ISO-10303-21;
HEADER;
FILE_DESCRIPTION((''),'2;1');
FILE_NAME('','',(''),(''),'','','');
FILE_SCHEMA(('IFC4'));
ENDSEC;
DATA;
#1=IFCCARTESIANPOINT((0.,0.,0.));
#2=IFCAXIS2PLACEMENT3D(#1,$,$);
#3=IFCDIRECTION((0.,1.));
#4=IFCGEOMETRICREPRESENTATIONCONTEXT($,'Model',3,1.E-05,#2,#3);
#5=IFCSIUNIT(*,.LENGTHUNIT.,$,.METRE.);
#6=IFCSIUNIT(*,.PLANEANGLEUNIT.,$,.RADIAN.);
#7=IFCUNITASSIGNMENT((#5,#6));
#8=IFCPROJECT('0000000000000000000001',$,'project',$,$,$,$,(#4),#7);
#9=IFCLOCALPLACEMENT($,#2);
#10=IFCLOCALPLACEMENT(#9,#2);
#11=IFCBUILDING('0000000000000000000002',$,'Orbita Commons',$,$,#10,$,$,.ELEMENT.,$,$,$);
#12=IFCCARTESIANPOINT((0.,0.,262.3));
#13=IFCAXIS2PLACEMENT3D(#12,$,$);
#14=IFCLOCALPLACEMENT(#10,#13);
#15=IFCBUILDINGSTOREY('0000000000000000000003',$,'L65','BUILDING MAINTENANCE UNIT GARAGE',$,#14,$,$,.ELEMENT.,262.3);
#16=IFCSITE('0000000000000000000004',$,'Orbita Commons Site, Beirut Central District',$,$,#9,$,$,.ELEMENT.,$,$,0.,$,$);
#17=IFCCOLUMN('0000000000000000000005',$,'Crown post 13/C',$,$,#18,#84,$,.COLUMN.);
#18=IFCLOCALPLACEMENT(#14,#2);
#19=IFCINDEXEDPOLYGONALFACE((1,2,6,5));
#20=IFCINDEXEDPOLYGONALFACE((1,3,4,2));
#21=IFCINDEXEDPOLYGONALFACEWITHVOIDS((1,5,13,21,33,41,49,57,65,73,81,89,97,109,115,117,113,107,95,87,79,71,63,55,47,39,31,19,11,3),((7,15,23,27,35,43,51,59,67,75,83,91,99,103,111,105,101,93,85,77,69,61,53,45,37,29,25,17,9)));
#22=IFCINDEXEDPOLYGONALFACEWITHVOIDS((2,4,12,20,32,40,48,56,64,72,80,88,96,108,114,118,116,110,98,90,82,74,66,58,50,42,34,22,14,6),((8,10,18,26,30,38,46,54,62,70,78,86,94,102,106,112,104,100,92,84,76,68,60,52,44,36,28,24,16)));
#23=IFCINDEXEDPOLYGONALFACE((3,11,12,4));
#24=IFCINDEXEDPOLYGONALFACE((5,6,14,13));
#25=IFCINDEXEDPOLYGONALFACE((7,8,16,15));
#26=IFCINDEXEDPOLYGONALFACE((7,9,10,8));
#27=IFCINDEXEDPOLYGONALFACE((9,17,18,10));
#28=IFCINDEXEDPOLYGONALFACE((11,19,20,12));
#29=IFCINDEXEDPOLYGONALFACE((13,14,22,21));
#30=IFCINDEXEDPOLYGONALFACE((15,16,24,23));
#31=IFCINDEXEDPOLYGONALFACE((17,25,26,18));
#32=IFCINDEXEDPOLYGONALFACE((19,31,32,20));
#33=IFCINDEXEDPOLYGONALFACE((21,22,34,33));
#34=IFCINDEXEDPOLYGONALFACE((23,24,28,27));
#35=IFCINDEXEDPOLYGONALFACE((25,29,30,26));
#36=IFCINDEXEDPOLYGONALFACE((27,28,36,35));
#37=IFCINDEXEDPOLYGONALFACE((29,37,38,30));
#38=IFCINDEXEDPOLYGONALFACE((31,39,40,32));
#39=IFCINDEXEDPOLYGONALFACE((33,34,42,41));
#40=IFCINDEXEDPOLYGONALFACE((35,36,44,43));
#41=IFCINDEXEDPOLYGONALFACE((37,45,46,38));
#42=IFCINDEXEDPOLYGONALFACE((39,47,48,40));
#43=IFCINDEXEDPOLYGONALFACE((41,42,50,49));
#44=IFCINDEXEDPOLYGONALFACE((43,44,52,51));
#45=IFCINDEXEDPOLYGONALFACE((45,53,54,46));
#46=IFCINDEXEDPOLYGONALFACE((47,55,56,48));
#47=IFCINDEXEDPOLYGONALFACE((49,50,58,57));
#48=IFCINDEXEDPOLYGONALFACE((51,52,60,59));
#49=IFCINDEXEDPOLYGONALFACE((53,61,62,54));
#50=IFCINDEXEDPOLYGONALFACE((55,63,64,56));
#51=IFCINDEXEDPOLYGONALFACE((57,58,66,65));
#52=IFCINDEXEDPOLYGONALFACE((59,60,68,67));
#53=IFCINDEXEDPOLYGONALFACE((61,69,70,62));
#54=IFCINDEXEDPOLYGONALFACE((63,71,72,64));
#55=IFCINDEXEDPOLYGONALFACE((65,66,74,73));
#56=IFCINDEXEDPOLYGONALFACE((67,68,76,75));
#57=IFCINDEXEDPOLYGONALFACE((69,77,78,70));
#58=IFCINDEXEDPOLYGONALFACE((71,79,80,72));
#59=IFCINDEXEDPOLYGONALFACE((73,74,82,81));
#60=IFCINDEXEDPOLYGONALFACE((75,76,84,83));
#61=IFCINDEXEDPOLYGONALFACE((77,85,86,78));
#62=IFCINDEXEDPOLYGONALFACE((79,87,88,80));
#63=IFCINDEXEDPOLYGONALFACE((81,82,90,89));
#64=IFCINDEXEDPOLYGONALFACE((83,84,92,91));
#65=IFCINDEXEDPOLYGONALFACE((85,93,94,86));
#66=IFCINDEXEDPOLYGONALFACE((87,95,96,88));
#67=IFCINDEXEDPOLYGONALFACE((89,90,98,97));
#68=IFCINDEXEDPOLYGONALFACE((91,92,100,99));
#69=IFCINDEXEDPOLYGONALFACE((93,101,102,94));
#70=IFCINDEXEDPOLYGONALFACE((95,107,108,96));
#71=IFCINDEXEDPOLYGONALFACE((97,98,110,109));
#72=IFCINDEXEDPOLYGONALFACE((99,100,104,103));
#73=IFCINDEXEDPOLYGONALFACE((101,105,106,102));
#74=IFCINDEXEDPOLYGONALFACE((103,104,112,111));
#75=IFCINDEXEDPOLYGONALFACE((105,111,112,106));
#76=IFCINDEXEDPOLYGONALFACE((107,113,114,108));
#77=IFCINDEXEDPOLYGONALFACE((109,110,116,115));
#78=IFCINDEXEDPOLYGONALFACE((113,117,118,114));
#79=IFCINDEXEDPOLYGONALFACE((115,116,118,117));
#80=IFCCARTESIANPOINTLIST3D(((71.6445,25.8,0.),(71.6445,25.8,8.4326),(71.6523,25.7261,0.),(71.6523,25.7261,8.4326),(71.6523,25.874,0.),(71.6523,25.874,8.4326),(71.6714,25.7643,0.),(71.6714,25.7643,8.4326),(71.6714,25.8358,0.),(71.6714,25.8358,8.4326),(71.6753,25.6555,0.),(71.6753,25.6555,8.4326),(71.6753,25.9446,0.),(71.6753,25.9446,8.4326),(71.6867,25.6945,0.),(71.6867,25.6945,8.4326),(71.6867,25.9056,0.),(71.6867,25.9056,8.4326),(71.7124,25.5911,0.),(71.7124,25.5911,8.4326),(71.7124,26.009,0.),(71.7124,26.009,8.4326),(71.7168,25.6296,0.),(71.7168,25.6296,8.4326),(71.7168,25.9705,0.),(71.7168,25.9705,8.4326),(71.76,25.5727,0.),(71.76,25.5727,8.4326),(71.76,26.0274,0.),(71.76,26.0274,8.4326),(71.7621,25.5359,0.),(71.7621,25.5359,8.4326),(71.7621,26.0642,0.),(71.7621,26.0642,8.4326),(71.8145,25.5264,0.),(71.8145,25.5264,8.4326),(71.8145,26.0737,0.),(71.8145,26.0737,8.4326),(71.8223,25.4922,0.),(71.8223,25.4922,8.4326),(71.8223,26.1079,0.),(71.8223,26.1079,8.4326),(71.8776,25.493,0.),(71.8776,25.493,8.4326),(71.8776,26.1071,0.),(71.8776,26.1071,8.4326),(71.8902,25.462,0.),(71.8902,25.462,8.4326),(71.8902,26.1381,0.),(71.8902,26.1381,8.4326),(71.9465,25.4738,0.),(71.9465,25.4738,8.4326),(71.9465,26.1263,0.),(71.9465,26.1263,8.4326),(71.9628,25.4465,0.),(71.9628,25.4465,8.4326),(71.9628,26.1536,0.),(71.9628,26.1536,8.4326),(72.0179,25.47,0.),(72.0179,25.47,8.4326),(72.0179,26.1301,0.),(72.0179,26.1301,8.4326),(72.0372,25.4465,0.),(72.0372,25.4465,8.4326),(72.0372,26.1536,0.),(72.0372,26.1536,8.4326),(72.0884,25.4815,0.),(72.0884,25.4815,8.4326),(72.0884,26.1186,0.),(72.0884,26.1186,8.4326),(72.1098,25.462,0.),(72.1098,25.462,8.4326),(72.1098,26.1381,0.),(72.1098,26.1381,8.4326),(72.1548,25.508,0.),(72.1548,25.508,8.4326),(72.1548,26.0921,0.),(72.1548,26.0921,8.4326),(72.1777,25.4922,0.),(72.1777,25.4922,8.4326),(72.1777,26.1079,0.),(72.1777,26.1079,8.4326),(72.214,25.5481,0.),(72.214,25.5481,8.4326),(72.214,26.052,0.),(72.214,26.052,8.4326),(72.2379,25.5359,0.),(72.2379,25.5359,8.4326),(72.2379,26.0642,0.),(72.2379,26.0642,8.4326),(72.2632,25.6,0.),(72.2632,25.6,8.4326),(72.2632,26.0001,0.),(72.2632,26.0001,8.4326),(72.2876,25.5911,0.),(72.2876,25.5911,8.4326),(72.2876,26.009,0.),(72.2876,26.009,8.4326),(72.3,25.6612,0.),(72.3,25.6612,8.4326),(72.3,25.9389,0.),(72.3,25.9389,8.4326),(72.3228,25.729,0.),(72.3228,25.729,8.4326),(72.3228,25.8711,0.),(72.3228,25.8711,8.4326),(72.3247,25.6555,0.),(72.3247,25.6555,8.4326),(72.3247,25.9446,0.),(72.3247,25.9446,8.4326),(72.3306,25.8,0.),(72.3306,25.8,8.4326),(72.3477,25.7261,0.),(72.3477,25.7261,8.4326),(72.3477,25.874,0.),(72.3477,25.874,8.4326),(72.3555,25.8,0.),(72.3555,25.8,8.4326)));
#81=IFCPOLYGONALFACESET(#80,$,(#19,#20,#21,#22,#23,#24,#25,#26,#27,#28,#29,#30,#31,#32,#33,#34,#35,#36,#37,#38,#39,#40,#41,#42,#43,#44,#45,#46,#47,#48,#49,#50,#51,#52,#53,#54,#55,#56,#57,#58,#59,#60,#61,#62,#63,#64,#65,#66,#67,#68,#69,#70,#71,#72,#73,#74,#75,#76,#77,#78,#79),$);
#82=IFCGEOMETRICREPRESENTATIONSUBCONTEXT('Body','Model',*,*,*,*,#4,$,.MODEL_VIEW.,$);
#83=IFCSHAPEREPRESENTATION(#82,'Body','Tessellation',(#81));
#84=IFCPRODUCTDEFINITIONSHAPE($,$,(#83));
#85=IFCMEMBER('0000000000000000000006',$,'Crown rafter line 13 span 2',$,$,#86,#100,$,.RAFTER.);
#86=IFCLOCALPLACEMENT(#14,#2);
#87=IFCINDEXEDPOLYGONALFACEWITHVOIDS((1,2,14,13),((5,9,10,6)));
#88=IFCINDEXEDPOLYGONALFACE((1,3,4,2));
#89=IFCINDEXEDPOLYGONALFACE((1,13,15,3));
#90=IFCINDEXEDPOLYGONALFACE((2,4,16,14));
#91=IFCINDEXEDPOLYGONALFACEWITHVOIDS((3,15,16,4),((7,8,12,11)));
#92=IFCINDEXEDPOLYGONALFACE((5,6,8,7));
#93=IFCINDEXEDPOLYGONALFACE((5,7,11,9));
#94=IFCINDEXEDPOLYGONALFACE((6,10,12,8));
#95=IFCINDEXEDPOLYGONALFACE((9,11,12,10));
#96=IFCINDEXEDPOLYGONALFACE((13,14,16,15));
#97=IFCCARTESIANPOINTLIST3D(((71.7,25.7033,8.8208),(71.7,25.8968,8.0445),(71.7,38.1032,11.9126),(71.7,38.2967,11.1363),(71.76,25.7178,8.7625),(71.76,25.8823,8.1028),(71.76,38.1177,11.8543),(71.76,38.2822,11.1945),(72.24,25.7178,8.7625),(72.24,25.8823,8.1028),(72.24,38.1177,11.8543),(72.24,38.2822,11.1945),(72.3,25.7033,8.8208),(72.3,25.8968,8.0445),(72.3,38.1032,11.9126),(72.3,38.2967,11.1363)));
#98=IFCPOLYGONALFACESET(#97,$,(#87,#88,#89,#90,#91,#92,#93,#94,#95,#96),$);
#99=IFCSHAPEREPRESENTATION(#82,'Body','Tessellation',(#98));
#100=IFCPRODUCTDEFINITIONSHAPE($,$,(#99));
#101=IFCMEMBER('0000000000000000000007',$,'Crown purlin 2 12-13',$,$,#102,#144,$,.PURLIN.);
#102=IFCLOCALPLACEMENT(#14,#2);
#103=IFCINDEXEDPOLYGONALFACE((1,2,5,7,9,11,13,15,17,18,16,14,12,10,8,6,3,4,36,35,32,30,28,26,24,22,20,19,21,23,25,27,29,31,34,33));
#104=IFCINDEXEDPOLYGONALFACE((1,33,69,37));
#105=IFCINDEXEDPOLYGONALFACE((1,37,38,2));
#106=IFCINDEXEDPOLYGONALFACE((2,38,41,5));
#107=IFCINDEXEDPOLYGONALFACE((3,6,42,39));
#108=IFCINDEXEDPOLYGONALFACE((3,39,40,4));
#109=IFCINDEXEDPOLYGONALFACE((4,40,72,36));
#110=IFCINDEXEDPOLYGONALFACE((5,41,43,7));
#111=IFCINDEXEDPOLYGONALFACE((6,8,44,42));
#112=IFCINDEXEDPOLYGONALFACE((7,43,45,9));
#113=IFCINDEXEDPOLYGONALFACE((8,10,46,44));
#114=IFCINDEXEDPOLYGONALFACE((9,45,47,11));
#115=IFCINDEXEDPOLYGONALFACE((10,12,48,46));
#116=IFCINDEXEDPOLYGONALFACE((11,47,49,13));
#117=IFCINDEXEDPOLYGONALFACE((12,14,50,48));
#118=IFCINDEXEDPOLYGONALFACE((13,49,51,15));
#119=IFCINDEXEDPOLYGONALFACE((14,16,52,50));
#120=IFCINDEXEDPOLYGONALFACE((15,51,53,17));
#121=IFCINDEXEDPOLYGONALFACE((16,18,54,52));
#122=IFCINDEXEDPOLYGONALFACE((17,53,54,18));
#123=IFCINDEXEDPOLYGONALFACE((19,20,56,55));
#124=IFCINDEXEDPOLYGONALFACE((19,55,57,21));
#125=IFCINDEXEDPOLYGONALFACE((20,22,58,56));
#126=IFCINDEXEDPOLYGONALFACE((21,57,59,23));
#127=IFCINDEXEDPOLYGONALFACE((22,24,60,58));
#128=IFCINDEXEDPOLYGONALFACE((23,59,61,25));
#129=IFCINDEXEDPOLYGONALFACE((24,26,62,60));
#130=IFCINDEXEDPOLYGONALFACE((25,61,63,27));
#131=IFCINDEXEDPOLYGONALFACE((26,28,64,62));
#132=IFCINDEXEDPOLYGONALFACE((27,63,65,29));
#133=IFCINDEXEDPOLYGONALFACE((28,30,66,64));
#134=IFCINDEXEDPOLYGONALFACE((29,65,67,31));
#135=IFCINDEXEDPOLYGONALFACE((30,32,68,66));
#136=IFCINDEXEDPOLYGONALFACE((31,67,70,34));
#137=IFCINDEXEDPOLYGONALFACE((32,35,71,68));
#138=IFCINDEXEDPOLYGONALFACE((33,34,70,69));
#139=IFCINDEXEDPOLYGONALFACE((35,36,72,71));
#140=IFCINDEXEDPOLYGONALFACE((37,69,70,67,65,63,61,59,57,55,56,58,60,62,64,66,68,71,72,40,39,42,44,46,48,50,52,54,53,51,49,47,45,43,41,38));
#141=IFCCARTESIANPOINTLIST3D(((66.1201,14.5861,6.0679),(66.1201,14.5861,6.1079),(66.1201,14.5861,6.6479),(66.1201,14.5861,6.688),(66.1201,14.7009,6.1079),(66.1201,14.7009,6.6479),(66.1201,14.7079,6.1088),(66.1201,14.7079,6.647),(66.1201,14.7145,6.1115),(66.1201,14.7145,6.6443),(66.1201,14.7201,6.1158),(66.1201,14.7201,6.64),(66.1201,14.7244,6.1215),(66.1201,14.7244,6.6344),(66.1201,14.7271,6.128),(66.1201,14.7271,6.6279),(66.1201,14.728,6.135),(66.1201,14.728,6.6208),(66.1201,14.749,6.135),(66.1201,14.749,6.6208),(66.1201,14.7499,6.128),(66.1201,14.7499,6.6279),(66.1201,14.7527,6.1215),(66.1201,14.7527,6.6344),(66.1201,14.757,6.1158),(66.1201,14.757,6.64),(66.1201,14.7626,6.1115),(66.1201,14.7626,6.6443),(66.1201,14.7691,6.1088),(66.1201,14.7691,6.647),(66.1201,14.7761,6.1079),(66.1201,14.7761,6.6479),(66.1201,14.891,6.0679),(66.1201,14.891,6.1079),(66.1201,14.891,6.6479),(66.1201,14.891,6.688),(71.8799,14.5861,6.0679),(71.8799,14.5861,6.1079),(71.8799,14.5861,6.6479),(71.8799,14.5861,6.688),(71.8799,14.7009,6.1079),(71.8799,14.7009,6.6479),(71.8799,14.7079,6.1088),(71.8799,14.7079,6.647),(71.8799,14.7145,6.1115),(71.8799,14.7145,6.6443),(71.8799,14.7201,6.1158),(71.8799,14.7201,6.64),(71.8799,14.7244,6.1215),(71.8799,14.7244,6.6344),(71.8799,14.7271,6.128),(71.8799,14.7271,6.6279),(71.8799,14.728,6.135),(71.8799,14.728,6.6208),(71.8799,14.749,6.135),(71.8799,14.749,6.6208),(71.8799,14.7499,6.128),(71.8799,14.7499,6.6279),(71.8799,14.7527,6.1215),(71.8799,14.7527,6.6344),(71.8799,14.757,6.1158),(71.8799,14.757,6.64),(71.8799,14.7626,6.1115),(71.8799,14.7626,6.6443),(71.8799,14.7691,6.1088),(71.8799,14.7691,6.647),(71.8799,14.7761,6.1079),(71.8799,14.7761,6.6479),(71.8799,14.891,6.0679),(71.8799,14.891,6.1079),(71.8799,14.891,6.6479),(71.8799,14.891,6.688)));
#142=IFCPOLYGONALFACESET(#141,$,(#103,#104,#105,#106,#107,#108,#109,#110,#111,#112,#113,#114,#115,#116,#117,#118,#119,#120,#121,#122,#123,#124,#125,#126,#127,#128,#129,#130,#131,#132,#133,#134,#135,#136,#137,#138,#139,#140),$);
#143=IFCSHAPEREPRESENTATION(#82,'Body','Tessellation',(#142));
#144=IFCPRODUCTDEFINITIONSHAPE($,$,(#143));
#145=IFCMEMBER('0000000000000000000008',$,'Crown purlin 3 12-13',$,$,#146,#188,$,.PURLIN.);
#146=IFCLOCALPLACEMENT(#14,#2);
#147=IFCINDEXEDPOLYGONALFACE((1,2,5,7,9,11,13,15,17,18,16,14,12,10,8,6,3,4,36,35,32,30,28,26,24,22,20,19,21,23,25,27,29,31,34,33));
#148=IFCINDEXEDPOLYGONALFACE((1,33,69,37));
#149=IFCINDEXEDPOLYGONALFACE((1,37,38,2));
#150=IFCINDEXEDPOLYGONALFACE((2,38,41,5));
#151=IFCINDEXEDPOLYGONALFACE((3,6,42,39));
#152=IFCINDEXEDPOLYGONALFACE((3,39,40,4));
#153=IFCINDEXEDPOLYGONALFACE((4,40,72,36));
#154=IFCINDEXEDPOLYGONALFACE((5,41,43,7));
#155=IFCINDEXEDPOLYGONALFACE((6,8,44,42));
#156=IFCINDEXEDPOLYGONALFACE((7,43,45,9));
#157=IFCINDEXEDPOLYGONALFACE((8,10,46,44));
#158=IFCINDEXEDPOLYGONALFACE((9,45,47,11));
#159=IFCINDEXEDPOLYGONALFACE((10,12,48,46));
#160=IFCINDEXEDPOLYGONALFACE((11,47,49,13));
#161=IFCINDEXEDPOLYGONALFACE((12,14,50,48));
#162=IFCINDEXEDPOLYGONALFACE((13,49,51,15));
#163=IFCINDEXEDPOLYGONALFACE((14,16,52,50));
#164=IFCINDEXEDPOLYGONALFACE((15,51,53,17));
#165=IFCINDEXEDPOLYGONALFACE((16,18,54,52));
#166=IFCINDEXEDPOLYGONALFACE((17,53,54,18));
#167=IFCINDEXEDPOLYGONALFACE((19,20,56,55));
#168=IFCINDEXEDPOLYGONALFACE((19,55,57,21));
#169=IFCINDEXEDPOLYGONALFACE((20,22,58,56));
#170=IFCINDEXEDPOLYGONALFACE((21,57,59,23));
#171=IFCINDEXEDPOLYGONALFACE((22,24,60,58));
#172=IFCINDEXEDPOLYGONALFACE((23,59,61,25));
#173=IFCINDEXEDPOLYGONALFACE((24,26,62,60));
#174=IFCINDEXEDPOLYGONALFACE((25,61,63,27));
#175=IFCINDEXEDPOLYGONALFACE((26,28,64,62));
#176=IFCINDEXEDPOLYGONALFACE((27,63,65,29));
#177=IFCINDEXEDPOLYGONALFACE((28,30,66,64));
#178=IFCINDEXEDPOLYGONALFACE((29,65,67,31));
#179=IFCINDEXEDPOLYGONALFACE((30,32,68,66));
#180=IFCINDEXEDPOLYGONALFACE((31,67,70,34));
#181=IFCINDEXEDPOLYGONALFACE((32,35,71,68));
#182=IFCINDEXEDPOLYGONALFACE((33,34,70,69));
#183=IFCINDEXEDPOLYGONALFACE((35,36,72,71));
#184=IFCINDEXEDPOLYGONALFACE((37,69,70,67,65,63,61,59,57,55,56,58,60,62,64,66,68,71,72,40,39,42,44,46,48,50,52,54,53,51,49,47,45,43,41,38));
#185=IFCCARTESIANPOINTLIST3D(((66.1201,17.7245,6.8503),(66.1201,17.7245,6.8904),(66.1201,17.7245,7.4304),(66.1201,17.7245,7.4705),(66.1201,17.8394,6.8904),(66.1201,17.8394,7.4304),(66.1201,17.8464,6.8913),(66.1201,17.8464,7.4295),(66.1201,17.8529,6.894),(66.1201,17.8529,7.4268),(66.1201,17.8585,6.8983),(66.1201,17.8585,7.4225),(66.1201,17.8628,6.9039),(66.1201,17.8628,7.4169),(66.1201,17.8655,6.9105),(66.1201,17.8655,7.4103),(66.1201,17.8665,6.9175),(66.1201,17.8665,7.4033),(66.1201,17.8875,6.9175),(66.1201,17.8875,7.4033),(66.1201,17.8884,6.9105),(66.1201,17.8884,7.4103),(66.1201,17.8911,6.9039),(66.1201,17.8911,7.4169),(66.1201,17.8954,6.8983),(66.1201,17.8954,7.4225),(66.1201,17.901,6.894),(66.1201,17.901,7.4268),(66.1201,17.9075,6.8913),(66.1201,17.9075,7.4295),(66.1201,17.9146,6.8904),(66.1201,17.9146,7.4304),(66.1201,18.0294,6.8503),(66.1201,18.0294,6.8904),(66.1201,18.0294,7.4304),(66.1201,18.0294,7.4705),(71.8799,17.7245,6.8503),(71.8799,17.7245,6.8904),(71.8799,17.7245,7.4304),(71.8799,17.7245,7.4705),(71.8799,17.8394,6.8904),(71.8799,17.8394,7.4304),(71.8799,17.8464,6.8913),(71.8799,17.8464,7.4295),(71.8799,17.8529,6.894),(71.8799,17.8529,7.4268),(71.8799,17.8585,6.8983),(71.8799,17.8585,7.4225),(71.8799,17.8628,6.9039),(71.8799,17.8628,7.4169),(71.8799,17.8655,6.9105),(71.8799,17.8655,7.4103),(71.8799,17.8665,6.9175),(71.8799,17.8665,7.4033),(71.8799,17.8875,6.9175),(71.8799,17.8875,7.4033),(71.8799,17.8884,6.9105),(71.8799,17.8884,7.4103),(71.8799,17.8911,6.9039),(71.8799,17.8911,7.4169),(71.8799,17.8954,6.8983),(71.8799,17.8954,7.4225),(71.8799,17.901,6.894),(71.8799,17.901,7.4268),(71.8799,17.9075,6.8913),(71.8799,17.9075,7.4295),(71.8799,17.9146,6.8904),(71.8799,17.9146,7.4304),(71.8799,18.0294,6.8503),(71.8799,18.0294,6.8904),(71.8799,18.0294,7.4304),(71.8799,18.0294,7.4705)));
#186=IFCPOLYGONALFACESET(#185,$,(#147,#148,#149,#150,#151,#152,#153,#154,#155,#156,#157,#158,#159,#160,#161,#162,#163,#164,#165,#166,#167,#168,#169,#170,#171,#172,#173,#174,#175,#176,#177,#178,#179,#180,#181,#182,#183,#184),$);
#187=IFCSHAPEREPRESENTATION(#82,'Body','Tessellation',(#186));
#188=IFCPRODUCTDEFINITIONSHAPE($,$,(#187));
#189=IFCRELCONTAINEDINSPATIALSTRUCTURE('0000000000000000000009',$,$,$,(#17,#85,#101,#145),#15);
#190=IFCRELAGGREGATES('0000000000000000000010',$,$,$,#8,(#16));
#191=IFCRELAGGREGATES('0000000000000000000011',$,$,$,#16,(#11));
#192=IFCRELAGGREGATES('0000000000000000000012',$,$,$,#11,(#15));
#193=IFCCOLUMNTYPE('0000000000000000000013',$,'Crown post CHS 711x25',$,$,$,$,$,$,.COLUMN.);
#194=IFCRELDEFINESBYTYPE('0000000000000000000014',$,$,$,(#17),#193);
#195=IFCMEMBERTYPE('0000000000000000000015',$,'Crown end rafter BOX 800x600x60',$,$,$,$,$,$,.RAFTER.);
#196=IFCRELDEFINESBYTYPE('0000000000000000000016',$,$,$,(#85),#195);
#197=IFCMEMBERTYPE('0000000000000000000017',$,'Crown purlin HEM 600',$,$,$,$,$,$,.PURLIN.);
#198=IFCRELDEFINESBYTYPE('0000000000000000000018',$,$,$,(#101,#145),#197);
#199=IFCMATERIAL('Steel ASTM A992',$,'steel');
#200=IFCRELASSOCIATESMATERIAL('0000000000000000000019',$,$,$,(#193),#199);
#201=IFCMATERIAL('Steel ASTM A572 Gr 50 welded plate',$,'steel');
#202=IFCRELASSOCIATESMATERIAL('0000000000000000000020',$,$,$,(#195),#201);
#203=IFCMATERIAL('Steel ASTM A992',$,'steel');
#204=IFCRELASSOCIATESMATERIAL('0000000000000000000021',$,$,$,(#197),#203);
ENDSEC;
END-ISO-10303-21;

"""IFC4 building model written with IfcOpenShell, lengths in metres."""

from ifc_helpers import new_model, si_unit, direction, frame, origin, origin_2d, place, context, subcontext, project, spatial, hollow_rectangle, hollow_circle, i_section, extrude, material, material_profile, profile_set, type_object, element, save


model = new_model("IFC4")

# Units and contexts
model_context = context("Model", 3, precision=1e-05, world=origin(), true_north=direction((0.0, 1.0)))
body_context = subcontext(model_context, "Body", "Model", "MODEL_VIEW")
ifc_project = project(units=[si_unit("LENGTHUNIT", "METRE"), si_unit("PLANEANGLEUNIT", "RADIAN")], contexts=[model_context])

# Site, building, storey
site_placement = place(None, origin())
site = spatial("IfcSite", under=ifc_project, at=site_placement, Name="Orbita Commons Site, Beirut Central District", CompositionType="ELEMENT", RefElevation=0.0)
building_placement = place(site_placement, origin())
building = spatial("IfcBuilding", under=site, at=building_placement, Name="Orbita Commons", CompositionType="ELEMENT")
storey_placement = place(building_placement, frame((0.0, 0.0, 262.3)))
storey = spatial("IfcBuildingStorey", under=building, at=storey_placement, Name="L65", Description="BUILDING MAINTENANCE UNIT GARAGE", CompositionType="ELEMENT", Elevation=262.3)

# Column
ifc_material_1 = material(Name="Steel ASTM A992", Category="steel")
ifc_material_profile_1 = material_profile(ifc_material_1, hollow_circle(Radius=0.3555, WallThickness=0.0249, at=origin_2d()), Name="CHS 711x25")
ifc_profile_set_1 = profile_set([ifc_material_profile_1], Name="Steel ASTM A992")
column_type = type_object("IfcColumnType", Name="Crown post CHS 711x25", PredefinedType="COLUMN", material=ifc_profile_set_1)
column_1_placement = place(storey_placement, frame((72.0, 25.8, 0.0), z_axis=(0.0, 0.0, 1.0), x_axis=(1.0, 0.0, 0.0)))
element("IfcColumn", 1, at=column_1_placement, inside=storey, type_object=column_type, Name="Crown post 13/C", PredefinedType="COLUMN", context=body_context, shape_type="SweptSolid", body=[
    extrude(hollow_circle(Radius=0.3555, WallThickness=0.0249, at=origin_2d()), origin(), (0.0, 0.0, 1.0), 8.4326),
])

# Members
ifc_material_2 = material(Name="Steel ASTM A572 Gr 50 welded plate", Category="steel")
ifc_material_profile_2 = material_profile(ifc_material_2, hollow_rectangle(XDim=0.6001, YDim=0.8, WallThickness=0.0601, at=origin_2d()), Name="BOX 800x600x60")
ifc_profile_set_2 = profile_set([ifc_material_profile_2], Name="Steel ASTM A572 Gr 50 welded plate")
member_type_1 = type_object("IfcMemberType", Name="Crown end rafter BOX 800x600x60", PredefinedType="RAFTER", material=ifc_profile_set_2)
member_1_placement = place(storey_placement, frame((72.0, 25.8, 8.4326), z_axis=(0.0, 0.970293, 0.241933), x_axis=(-1.0, 0.0, 0.0)))
element("IfcMember", 2, at=member_1_placement, inside=storey, type_object=member_type_1, Name="Crown rafter line 13 span 2", PredefinedType="RAFTER", context=body_context, shape_type="SweptSolid", body=[
    extrude(hollow_rectangle(XDim=0.6001, YDim=0.8, WallThickness=0.0601, at=origin_2d()), origin(), (0.0, 0.0, 1.0), 12.7795),
])
ifc_material_3 = material(Name="Steel ASTM A992", Category="steel")
ifc_material_profile_3 = material_profile(ifc_material_3, i_section(OverallWidth=0.3049, OverallDepth=0.6201, WebThickness=0.021, FlangeThickness=0.04, FilletRadius=0.0271, at=origin_2d()), Name="HEM 600")
ifc_profile_set_3 = profile_set([ifc_material_profile_3], Name="Steel ASTM A992")
member_type_2 = type_object("IfcMemberType", Name="Crown purlin HEM 600", PredefinedType="PURLIN", material=ifc_profile_set_3)
for number, where, z_axis, x_axis, name in (
    (3, (66.1201, 14.7385, 6.3779), (1.0, 0.0, 0.0), (0.0, 1.0, 0.0), "Crown purlin 2 12-13"),
    (4, (66.1201, 17.877, 7.1604), (1.0, 0.0, 0.0), (0.0, 1.0, 0.0), "Crown purlin 3 12-13"),
):
    element("IfcMember", number, at=place(storey_placement, frame(where, z_axis=z_axis, x_axis=x_axis)), inside=storey, type_object=member_type_2, Name=name, PredefinedType="PURLIN", context=body_context, shape_type="SweptSolid", body=[
        extrude(i_section(OverallWidth=0.3049, OverallDepth=0.6201, WebThickness=0.021, FlangeThickness=0.04, FilletRadius=0.0271, at=origin_2d()), origin(), (0.0, 0.0, 1.0), 5.7598),
    ])

save(model, "model.ifc")
